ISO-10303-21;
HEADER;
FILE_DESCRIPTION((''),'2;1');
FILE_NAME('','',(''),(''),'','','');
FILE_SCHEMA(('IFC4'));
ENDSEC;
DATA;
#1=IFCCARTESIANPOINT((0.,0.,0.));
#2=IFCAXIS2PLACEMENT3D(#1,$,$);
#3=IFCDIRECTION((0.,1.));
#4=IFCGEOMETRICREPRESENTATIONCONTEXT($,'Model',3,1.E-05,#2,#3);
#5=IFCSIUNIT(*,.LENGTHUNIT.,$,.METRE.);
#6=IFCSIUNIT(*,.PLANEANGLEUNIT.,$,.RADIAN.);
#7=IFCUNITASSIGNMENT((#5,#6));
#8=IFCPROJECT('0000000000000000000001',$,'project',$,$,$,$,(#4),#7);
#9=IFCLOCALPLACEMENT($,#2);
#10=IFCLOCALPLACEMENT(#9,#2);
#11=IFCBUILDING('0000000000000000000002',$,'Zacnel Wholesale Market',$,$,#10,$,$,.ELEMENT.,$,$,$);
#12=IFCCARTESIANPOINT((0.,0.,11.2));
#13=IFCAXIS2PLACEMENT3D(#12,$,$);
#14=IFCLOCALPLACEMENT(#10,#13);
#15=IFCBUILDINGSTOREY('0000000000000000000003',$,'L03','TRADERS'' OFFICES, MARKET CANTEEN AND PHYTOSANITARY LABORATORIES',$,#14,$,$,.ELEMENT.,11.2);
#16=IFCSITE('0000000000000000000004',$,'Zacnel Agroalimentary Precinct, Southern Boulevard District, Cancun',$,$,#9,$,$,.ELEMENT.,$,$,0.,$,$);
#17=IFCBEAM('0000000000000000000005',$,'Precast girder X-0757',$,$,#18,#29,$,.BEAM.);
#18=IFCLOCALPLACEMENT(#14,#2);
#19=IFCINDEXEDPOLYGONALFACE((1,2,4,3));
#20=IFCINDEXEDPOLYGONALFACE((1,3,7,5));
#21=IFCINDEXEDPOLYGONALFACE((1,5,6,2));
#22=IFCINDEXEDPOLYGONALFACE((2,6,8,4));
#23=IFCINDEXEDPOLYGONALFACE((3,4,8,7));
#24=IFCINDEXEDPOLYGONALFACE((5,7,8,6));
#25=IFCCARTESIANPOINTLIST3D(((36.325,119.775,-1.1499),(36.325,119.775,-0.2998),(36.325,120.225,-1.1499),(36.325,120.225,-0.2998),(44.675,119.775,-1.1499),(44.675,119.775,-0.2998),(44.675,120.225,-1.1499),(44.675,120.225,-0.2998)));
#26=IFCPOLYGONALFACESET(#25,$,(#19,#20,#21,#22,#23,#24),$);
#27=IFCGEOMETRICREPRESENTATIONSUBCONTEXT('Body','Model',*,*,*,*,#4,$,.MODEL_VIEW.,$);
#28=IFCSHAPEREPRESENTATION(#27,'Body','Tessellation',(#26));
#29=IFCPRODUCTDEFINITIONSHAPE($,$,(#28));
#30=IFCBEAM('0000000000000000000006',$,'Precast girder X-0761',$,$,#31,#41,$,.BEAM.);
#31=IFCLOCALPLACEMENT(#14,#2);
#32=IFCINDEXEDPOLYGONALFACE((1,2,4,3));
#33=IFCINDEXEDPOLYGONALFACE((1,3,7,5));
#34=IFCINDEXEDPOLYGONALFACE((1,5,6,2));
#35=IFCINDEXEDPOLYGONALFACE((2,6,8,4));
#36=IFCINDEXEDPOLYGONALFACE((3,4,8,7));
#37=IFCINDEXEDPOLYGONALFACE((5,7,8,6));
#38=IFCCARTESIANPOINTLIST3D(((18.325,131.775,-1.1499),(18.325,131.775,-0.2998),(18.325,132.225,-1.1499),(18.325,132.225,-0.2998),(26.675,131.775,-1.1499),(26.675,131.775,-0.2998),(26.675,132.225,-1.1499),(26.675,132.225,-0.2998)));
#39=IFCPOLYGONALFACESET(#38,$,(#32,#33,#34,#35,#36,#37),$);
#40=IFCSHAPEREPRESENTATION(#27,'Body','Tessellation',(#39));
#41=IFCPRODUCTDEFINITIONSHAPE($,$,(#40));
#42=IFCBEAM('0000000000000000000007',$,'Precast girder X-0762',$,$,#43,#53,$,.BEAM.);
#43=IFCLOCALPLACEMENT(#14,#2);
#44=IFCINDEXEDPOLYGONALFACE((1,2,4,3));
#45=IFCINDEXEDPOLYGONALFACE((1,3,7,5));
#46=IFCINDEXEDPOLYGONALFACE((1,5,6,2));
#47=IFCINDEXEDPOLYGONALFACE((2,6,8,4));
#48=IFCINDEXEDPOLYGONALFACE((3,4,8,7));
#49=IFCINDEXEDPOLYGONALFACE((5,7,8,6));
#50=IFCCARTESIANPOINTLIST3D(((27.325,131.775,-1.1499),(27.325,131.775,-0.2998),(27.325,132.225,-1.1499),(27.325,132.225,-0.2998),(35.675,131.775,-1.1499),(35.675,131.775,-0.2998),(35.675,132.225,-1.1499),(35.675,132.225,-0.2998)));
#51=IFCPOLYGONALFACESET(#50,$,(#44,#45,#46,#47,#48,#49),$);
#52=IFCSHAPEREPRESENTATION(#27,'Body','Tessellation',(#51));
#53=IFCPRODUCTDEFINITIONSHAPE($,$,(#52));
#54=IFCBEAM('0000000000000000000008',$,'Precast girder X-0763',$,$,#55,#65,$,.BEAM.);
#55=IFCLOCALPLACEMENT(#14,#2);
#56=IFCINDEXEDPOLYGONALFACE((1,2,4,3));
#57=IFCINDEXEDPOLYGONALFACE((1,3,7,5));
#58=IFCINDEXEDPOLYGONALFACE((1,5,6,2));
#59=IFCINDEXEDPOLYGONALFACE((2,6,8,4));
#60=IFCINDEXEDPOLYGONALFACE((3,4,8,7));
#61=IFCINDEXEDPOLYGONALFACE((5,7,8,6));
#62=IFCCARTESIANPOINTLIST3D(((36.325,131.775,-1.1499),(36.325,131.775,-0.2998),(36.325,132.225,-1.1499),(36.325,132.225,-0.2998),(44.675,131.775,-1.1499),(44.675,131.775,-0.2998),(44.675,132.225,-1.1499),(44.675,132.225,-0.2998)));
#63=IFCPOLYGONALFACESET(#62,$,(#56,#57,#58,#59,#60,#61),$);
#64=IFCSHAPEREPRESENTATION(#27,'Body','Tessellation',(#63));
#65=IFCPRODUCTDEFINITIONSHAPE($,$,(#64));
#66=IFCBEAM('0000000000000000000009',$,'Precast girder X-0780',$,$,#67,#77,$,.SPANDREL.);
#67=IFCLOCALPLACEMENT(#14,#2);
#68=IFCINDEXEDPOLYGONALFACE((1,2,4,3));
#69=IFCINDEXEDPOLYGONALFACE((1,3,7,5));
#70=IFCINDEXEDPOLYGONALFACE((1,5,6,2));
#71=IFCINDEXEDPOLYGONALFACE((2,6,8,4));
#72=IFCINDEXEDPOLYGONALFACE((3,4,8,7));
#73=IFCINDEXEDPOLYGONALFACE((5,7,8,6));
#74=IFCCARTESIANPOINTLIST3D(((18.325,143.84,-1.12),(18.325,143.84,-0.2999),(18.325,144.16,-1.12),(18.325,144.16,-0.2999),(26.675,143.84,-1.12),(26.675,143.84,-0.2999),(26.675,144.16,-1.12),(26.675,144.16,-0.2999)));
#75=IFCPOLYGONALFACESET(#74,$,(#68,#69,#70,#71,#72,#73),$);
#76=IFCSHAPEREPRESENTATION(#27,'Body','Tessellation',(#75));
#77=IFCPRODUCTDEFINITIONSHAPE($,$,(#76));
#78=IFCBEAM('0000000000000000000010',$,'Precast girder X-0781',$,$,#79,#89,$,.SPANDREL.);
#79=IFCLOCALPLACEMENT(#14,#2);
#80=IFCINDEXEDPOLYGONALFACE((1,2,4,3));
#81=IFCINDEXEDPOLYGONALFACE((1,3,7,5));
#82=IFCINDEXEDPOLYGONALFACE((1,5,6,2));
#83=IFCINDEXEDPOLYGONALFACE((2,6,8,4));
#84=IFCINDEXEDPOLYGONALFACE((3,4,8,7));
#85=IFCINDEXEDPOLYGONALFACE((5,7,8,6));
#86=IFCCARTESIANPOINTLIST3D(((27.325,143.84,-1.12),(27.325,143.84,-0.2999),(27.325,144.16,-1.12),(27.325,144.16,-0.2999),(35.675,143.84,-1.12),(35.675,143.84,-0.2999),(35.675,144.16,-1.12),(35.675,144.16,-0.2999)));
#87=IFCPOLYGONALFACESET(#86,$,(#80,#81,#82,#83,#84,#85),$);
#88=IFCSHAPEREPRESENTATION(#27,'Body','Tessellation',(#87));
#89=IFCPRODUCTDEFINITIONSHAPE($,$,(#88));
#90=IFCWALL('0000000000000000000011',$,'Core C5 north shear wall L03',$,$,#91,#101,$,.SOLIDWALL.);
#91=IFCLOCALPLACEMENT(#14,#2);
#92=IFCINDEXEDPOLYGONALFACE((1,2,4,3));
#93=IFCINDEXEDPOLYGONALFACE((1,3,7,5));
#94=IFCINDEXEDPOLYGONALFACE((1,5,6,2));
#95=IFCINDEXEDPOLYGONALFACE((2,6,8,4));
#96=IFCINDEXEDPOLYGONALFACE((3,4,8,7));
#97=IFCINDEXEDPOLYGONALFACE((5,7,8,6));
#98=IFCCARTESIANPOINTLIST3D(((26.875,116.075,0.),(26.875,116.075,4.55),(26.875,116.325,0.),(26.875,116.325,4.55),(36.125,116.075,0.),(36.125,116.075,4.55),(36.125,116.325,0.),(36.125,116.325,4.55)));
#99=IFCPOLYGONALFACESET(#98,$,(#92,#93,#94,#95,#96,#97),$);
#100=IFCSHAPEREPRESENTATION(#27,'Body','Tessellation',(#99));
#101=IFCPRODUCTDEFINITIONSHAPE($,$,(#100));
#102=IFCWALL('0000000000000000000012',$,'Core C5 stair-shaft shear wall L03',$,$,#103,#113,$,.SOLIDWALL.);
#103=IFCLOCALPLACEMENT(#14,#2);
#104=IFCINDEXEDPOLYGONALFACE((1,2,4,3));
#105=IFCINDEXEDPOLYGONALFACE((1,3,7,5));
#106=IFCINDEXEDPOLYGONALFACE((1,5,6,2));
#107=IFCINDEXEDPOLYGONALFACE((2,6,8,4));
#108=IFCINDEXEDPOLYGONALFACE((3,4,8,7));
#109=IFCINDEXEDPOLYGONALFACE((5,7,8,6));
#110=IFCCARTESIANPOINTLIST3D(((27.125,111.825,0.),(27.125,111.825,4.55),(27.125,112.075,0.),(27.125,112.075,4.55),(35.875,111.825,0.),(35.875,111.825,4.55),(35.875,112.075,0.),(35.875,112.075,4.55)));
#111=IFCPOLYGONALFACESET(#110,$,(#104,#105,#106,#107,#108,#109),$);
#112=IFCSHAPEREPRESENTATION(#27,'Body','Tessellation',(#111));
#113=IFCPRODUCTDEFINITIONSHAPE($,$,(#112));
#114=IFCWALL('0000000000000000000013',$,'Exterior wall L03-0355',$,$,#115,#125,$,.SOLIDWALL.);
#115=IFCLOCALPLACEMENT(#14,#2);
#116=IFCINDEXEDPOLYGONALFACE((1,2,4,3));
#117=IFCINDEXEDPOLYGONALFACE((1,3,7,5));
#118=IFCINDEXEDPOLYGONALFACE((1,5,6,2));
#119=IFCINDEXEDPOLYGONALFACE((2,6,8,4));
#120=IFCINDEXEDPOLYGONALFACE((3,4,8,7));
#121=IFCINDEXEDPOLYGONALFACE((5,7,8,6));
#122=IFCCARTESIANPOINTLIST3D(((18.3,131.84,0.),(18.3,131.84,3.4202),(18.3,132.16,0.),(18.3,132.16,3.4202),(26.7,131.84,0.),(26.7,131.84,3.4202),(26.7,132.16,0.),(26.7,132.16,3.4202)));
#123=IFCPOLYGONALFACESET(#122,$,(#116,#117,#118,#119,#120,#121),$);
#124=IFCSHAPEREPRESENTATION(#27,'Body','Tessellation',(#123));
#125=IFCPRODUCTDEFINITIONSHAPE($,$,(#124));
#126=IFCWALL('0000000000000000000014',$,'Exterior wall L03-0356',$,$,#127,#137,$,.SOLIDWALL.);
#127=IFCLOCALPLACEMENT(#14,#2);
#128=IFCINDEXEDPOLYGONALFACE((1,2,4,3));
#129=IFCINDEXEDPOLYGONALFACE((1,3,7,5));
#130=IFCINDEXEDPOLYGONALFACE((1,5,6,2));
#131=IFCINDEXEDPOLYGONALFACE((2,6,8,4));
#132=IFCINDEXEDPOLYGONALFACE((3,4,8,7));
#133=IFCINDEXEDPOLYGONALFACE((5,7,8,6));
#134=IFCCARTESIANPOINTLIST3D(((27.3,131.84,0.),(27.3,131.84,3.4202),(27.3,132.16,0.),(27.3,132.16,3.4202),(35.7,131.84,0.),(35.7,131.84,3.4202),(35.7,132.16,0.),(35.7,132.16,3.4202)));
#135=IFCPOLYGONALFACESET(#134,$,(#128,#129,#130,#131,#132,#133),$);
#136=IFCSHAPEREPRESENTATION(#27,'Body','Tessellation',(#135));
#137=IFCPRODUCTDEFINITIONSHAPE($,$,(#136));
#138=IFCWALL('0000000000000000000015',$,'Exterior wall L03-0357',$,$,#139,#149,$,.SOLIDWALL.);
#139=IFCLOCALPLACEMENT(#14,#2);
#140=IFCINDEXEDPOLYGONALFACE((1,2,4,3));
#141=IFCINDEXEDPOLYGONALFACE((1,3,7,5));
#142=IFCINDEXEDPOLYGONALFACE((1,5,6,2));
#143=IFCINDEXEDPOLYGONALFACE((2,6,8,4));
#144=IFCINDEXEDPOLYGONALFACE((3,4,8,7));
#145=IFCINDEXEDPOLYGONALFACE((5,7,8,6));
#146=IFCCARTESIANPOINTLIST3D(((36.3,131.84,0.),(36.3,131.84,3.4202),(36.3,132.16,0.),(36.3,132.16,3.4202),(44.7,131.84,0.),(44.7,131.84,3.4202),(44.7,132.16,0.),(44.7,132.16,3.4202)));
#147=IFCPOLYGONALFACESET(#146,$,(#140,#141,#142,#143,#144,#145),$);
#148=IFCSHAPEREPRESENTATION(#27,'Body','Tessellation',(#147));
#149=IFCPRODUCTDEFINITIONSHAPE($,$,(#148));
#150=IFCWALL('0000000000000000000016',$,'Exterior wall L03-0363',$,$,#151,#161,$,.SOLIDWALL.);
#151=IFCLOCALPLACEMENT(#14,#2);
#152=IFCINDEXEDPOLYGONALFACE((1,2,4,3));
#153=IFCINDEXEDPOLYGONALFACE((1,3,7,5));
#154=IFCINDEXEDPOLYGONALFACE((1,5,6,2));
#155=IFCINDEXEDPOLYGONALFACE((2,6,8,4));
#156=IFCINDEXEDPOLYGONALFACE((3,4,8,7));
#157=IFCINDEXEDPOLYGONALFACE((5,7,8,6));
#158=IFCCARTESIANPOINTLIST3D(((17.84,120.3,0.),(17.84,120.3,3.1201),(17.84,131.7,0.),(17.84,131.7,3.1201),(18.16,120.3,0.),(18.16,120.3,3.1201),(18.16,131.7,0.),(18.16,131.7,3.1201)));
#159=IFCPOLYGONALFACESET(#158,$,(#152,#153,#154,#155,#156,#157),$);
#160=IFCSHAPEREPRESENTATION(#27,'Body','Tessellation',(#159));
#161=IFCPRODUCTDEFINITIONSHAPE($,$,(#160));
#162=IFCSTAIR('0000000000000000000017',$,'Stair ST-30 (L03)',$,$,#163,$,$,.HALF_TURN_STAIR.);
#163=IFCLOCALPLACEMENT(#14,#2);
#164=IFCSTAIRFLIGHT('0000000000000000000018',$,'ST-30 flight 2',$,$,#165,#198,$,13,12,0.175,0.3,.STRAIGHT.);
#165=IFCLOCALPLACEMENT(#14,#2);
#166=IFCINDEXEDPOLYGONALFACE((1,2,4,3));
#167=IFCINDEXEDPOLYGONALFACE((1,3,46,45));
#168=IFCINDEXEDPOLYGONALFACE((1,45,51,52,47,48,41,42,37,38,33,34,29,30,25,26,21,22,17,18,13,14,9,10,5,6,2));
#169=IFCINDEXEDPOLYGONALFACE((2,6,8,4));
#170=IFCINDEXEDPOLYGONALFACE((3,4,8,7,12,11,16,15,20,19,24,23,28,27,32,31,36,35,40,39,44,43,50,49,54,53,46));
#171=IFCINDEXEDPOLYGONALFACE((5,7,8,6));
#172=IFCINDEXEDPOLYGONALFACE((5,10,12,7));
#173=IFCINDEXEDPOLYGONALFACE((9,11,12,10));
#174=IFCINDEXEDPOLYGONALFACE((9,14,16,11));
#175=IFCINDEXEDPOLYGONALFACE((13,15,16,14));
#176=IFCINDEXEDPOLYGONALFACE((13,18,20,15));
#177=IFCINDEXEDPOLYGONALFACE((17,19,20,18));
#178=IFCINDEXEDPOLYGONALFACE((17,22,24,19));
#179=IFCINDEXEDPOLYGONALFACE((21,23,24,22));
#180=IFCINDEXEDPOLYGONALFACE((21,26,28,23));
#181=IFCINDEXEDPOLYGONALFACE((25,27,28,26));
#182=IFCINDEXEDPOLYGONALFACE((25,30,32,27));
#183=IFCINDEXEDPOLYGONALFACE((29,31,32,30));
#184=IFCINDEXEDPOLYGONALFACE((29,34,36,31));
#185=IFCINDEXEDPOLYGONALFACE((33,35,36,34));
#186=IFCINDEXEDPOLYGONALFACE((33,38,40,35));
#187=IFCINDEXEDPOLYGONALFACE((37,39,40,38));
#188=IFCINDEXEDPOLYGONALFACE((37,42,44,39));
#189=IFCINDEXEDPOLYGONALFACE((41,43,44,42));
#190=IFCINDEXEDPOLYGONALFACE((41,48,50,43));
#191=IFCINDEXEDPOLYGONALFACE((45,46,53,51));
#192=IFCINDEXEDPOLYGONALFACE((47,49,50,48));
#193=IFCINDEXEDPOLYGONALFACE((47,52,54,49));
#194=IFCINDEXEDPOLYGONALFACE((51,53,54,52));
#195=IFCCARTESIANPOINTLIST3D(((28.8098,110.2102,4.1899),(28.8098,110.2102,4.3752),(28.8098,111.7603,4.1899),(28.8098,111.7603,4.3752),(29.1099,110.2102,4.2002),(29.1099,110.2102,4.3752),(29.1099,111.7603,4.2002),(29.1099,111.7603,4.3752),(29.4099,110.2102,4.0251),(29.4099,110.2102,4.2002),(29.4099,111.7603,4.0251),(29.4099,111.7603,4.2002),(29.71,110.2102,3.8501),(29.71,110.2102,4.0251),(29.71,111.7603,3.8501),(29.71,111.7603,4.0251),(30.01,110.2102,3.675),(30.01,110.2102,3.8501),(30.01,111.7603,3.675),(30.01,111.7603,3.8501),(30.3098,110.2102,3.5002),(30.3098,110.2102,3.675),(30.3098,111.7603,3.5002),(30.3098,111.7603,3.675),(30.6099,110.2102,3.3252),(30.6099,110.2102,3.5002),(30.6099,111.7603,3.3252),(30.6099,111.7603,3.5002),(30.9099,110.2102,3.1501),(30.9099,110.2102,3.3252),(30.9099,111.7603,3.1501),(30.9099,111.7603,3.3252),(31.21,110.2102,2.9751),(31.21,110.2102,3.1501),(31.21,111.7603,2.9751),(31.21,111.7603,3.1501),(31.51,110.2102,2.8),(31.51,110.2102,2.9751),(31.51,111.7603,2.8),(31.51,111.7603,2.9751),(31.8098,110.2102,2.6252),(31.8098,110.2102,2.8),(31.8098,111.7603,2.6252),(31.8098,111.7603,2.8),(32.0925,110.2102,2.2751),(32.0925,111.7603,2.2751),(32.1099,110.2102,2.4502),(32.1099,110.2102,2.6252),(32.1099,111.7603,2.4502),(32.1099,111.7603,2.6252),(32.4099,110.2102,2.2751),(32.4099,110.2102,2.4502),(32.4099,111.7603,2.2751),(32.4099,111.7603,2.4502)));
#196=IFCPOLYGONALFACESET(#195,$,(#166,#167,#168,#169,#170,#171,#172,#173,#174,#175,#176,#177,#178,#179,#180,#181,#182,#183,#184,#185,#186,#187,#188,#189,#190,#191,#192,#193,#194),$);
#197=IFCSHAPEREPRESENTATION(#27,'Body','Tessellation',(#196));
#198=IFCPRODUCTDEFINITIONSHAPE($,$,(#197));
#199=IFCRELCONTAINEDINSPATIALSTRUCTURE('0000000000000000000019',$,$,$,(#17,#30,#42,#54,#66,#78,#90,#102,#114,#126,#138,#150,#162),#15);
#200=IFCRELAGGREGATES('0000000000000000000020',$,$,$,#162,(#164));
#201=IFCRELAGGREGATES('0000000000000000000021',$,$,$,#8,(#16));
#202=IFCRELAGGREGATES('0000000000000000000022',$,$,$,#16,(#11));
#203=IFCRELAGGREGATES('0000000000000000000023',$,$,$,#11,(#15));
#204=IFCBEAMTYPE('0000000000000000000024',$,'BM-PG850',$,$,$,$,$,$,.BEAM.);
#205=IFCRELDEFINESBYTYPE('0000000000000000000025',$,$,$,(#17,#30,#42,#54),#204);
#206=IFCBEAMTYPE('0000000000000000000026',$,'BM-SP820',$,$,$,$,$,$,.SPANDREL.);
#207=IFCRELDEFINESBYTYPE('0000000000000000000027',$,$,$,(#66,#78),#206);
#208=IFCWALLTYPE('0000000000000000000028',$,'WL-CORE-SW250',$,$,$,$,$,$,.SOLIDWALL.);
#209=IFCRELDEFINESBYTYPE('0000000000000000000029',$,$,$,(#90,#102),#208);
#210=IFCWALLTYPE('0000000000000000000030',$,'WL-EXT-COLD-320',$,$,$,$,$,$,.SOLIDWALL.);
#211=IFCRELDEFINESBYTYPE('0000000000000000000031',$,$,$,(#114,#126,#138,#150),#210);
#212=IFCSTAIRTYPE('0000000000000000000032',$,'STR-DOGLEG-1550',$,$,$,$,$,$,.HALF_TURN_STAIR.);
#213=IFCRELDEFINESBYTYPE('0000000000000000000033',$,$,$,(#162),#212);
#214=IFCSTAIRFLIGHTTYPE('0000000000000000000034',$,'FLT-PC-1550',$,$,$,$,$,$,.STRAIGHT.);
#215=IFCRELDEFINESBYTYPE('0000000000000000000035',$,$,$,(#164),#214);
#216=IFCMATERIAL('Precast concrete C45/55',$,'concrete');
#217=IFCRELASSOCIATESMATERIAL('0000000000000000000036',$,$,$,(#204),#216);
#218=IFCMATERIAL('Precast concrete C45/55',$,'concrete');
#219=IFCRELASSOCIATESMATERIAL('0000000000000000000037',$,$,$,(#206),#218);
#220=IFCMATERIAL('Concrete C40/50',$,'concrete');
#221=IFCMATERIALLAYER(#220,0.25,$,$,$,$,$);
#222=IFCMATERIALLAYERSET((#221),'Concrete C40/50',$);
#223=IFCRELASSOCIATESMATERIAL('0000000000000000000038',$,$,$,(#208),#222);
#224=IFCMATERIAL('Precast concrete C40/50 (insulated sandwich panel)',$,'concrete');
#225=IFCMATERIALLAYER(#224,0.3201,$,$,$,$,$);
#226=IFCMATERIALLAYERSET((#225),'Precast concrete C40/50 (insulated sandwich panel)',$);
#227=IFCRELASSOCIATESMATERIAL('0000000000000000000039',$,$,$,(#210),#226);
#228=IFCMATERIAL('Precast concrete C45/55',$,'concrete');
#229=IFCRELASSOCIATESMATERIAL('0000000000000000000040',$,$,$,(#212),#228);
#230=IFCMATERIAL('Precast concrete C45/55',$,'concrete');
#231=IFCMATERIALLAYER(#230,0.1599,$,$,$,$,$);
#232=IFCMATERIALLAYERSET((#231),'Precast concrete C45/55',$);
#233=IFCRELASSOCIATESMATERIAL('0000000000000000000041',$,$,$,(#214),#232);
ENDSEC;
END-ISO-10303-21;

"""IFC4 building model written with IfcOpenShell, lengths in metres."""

from ifc_helpers import new_model, si_unit, direction, frame, frame_2d, origin, origin_2d, place, context, subcontext, project, spatial, polyline, rectangle, outline, extrude, material, layer, layer_set, material_profile, profile_set, type_object, element, aggregate, save


model = new_model("IFC4")

# Units and contexts
model_context = context("Model", 3, precision=1e-05, world=origin(), true_north=direction((0.0, 1.0)))
body_context = subcontext(model_context, "Body", "Model", "MODEL_VIEW")
ifc_project = project(units=[si_unit("LENGTHUNIT", "METRE"), si_unit("PLANEANGLEUNIT", "RADIAN")], contexts=[model_context])

# Site, building, storey
site_placement = place(None, origin())
site = spatial("IfcSite", under=ifc_project, at=site_placement, Name="Zacnel Agroalimentary Precinct, Southern Boulevard District, Cancun", CompositionType="ELEMENT", RefElevation=0.0)
building_placement = place(site_placement, origin())
building = spatial("IfcBuilding", under=site, at=building_placement, Name="Zacnel Wholesale Market", CompositionType="ELEMENT")
storey_placement = place(building_placement, frame((0.0, 0.0, 11.2)))
storey = spatial("IfcBuildingStorey", under=building, at=storey_placement, Name="L03", Description="TRADERS' OFFICES, MARKET CANTEEN AND PHYTOSANITARY LABORATORIES", CompositionType="ELEMENT", Elevation=11.2)

# Beams
ifc_material_1 = material(Name="Precast concrete C45/55", Category="concrete")
ifc_material_profile_1 = material_profile(ifc_material_1, rectangle(XDim=0.45, YDim=0.8501, at=origin_2d()), Name="PG 450x850")
ifc_profile_set_1 = profile_set([ifc_material_profile_1], Name="Precast concrete C45/55")
beam_type_1 = type_object("IfcBeamType", Name="BM-PG850", PredefinedType="BEAM", material=ifc_profile_set_1)
for number, where, z_axis, x_axis, name in (
    (1, (36.325, 120.0, -0.7249), (1.0, 0.0, 0.0), (0.0, 1.0, 0.0), "Precast girder X-0757"),
    (2, (18.325, 132.0, -0.7249), (1.0, 0.0, 0.0), (0.0, 1.0, 0.0), "Precast girder X-0761"),
    (3, (27.325, 132.0, -0.7249), (1.0, 0.0, 0.0), (0.0, 1.0, 0.0), "Precast girder X-0762"),
    (4, (36.325, 132.0, -0.7249), (1.0, 0.0, 0.0), (0.0, 1.0, 0.0), "Precast girder X-0763"),
):
    element("IfcBeam", number, at=place(storey_placement, frame(where, z_axis=z_axis, x_axis=x_axis)), inside=storey, type_object=beam_type_1, Name=name, PredefinedType="BEAM", context=body_context, shape_type="SweptSolid", body=[
        extrude(rectangle(XDim=0.45, YDim=0.8501, at=origin_2d()), origin(), (0.0, 0.0, 1.0), 8.3501),
    ])
ifc_material_2 = material(Name="Precast concrete C45/55", Category="concrete")
ifc_material_profile_2 = material_profile(ifc_material_2, rectangle(XDim=0.3201, YDim=0.8201, at=origin_2d()), Name="SP 320x820")
ifc_profile_set_2 = profile_set([ifc_material_profile_2], Name="Precast concrete C45/55")
beam_type_2 = type_object("IfcBeamType", Name="BM-SP820", PredefinedType="SPANDREL", material=ifc_profile_set_2)
for number, where, z_axis, x_axis, name in (
    (5, (18.325, 144.0, -0.71), (1.0, 0.0, 0.0), (0.0, 1.0, 0.0), "Precast girder X-0780"),
    (6, (27.325, 144.0, -0.71), (1.0, 0.0, 0.0), (0.0, 1.0, 0.0), "Precast girder X-0781"),
):
    element("IfcBeam", number, at=place(storey_placement, frame(where, z_axis=z_axis, x_axis=x_axis)), inside=storey, type_object=beam_type_2, Name=name, PredefinedType="SPANDREL", context=body_context, shape_type="SweptSolid", body=[
        extrude(rectangle(XDim=0.3201, YDim=0.8201, at=origin_2d()), origin(), (0.0, 0.0, 1.0), 8.3501),
    ])

# Walls
ifc_material_3 = material(Name="Concrete C40/50", Category="concrete")
ifc_layer_1 = layer(ifc_material_3, 0.25)
ifc_layer_set_1 = layer_set([ifc_layer_1], Name="Concrete C40/50")
wall_type_1 = type_object("IfcWallType", Name="WL-CORE-SW250", PredefinedType="SOLIDWALL", material=ifc_layer_set_1)
wall_1_placement = place(storey_placement, frame((26.875, 116.2, 0.0), z_axis=(0.0, 0.0, 1.0), x_axis=(1.0, 0.0, 0.0)))
element("IfcWall", 7, at=wall_1_placement, inside=storey, type_object=wall_type_1, Name="Core C5 north shear wall L03", PredefinedType="SOLIDWALL", context=body_context, shape_type="SweptSolid", body=[
    extrude(rectangle(XDim=9.25, YDim=0.25, at=frame_2d((4.625, 0.0))), origin(), (0.0, 0.0, 1.0), 4.55),
])
wall_2_placement = place(storey_placement, frame((27.125, 111.95, 0.0), z_axis=(0.0, 0.0, 1.0), x_axis=(1.0, 0.0, 0.0)))
element("IfcWall", 8, at=wall_2_placement, inside=storey, type_object=wall_type_1, Name="Core C5 stair-shaft shear wall L03", PredefinedType="SOLIDWALL", context=body_context, shape_type="SweptSolid", body=[
    extrude(rectangle(XDim=8.75, YDim=0.25, at=frame_2d((4.375, 0.0))), origin(), (0.0, 0.0, 1.0), 4.55),
])

# Walls
ifc_material_4 = material(Name="Precast concrete C40/50 (insulated sandwich panel)", Category="concrete")
ifc_layer_2 = layer(ifc_material_4, 0.3201)
ifc_layer_set_2 = layer_set([ifc_layer_2], Name="Precast concrete C40/50 (insulated sandwich panel)")
wall_type_2 = type_object("IfcWallType", Name="WL-EXT-COLD-320", PredefinedType="SOLIDWALL", material=ifc_layer_set_2)
for number, where, z_axis, x_axis, name in (
    (9, (18.3, 132.0, 0.0), (0.0, 0.0, 1.0), (1.0, 0.0, 0.0), "Exterior wall L03-0355"),
    (10, (27.3, 132.0, 0.0), (0.0, 0.0, 1.0), (1.0, 0.0, 0.0), "Exterior wall L03-0356"),
    (11, (36.3, 132.0, 0.0), (0.0, 0.0, 1.0), (1.0, 0.0, 0.0), "Exterior wall L03-0357"),
):
    element("IfcWall", number, at=place(storey_placement, frame(where, z_axis=z_axis, x_axis=x_axis)), inside=storey, type_object=wall_type_2, Name=name, PredefinedType="SOLIDWALL", context=body_context, shape_type="SweptSolid", body=[
        extrude(rectangle(XDim=8.3999, YDim=0.3201, at=frame_2d((4.2, 0.0))), origin(), (0.0, 0.0, 1.0), 3.4202),
    ])
wall_3_placement = place(storey_placement, frame((18.0, 120.3, 0.0), z_axis=(0.0, 0.0, 1.0), x_axis=(0.0, 1.0, 0.0)))
element("IfcWall", 12, at=wall_3_placement, inside=storey, type_object=wall_type_2, Name="Exterior wall L03-0363", PredefinedType="SOLIDWALL", context=body_context, shape_type="SweptSolid", body=[
    extrude(rectangle(XDim=11.3999, YDim=0.3201, at=frame_2d((5.7, 0.0))), origin(), (0.0, 0.0, 1.0), 3.1201),
])

# Stair, stair flight
ifc_material_5 = material(Name="Precast concrete C45/55", Category="concrete")
stair_type = type_object("IfcStairType", Name="STR-DOGLEG-1550", PredefinedType="HALF_TURN_STAIR", material=ifc_material_5)
stair_placement = place(storey_placement, origin())
stair = element("IfcStair", 13, at=stair_placement, inside=storey, type_object=stair_type, Name="Stair ST-30 (L03)", PredefinedType="HALF_TURN_STAIR")
ifc_material_6 = material(Name="Precast concrete C45/55", Category="concrete")
ifc_layer_3 = layer(ifc_material_6, 0.1599)
ifc_layer_set_3 = layer_set([ifc_layer_3], Name="Precast concrete C45/55")
stair_flight_type = type_object("IfcStairFlightType", Name="FLT-PC-1550", PredefinedType="STRAIGHT", material=ifc_layer_set_3)
stair_flight_placement = place(storey_placement, frame((32.4099, 110.9851, 2.2751), z_axis=(0.0, 0.0, 1.0), x_axis=(-1.0, 0.0, 0.0)))
stair_flight = element("IfcStairFlight", 14, at=stair_flight_placement, type_object=stair_flight_type, Name="ST-30 flight 2", NumberOfRisers=13, NumberOfTreads=12, PredefinedType="STRAIGHT", RiserHeight=0.175, TreadLength=0.3, context=body_context, shape_type="SweptSolid", body=[
    extrude(outline(polyline([(0.0, 0.0), (0.0, 0.175), (0.3, 0.175), (0.3, 0.3501), (0.6001, 0.3501), (0.6001, 0.5249), (0.8999, 0.5249), (0.8999, 0.7), (1.2, 0.7), (1.2, 0.875), (1.5, 0.875), (1.5, 1.05), (1.8, 1.05), (1.8, 1.2251), (2.1001, 1.2251), (2.1001, 1.3999), (2.3999, 1.3999), (2.3999, 1.575), (2.7, 1.575), (2.7, 1.75), (3.0, 1.75), (3.0, 1.925), (3.3, 1.925), (3.3, 2.1001), (3.6001, 2.1001), (3.6001, 2.2749), (3.6001, 1.9148), (0.3174, 0.0), (0.0, 0.0)])), frame((0.0, 0.7749, 0.0), z_axis=(0.0, -1.0, 0.0), x_axis=(1.0, 0.0, 0.0)), (0.0, 0.0, 1.0), 1.55),
])
aggregate(stair, [stair_flight])

save(model, "model.ifc")
